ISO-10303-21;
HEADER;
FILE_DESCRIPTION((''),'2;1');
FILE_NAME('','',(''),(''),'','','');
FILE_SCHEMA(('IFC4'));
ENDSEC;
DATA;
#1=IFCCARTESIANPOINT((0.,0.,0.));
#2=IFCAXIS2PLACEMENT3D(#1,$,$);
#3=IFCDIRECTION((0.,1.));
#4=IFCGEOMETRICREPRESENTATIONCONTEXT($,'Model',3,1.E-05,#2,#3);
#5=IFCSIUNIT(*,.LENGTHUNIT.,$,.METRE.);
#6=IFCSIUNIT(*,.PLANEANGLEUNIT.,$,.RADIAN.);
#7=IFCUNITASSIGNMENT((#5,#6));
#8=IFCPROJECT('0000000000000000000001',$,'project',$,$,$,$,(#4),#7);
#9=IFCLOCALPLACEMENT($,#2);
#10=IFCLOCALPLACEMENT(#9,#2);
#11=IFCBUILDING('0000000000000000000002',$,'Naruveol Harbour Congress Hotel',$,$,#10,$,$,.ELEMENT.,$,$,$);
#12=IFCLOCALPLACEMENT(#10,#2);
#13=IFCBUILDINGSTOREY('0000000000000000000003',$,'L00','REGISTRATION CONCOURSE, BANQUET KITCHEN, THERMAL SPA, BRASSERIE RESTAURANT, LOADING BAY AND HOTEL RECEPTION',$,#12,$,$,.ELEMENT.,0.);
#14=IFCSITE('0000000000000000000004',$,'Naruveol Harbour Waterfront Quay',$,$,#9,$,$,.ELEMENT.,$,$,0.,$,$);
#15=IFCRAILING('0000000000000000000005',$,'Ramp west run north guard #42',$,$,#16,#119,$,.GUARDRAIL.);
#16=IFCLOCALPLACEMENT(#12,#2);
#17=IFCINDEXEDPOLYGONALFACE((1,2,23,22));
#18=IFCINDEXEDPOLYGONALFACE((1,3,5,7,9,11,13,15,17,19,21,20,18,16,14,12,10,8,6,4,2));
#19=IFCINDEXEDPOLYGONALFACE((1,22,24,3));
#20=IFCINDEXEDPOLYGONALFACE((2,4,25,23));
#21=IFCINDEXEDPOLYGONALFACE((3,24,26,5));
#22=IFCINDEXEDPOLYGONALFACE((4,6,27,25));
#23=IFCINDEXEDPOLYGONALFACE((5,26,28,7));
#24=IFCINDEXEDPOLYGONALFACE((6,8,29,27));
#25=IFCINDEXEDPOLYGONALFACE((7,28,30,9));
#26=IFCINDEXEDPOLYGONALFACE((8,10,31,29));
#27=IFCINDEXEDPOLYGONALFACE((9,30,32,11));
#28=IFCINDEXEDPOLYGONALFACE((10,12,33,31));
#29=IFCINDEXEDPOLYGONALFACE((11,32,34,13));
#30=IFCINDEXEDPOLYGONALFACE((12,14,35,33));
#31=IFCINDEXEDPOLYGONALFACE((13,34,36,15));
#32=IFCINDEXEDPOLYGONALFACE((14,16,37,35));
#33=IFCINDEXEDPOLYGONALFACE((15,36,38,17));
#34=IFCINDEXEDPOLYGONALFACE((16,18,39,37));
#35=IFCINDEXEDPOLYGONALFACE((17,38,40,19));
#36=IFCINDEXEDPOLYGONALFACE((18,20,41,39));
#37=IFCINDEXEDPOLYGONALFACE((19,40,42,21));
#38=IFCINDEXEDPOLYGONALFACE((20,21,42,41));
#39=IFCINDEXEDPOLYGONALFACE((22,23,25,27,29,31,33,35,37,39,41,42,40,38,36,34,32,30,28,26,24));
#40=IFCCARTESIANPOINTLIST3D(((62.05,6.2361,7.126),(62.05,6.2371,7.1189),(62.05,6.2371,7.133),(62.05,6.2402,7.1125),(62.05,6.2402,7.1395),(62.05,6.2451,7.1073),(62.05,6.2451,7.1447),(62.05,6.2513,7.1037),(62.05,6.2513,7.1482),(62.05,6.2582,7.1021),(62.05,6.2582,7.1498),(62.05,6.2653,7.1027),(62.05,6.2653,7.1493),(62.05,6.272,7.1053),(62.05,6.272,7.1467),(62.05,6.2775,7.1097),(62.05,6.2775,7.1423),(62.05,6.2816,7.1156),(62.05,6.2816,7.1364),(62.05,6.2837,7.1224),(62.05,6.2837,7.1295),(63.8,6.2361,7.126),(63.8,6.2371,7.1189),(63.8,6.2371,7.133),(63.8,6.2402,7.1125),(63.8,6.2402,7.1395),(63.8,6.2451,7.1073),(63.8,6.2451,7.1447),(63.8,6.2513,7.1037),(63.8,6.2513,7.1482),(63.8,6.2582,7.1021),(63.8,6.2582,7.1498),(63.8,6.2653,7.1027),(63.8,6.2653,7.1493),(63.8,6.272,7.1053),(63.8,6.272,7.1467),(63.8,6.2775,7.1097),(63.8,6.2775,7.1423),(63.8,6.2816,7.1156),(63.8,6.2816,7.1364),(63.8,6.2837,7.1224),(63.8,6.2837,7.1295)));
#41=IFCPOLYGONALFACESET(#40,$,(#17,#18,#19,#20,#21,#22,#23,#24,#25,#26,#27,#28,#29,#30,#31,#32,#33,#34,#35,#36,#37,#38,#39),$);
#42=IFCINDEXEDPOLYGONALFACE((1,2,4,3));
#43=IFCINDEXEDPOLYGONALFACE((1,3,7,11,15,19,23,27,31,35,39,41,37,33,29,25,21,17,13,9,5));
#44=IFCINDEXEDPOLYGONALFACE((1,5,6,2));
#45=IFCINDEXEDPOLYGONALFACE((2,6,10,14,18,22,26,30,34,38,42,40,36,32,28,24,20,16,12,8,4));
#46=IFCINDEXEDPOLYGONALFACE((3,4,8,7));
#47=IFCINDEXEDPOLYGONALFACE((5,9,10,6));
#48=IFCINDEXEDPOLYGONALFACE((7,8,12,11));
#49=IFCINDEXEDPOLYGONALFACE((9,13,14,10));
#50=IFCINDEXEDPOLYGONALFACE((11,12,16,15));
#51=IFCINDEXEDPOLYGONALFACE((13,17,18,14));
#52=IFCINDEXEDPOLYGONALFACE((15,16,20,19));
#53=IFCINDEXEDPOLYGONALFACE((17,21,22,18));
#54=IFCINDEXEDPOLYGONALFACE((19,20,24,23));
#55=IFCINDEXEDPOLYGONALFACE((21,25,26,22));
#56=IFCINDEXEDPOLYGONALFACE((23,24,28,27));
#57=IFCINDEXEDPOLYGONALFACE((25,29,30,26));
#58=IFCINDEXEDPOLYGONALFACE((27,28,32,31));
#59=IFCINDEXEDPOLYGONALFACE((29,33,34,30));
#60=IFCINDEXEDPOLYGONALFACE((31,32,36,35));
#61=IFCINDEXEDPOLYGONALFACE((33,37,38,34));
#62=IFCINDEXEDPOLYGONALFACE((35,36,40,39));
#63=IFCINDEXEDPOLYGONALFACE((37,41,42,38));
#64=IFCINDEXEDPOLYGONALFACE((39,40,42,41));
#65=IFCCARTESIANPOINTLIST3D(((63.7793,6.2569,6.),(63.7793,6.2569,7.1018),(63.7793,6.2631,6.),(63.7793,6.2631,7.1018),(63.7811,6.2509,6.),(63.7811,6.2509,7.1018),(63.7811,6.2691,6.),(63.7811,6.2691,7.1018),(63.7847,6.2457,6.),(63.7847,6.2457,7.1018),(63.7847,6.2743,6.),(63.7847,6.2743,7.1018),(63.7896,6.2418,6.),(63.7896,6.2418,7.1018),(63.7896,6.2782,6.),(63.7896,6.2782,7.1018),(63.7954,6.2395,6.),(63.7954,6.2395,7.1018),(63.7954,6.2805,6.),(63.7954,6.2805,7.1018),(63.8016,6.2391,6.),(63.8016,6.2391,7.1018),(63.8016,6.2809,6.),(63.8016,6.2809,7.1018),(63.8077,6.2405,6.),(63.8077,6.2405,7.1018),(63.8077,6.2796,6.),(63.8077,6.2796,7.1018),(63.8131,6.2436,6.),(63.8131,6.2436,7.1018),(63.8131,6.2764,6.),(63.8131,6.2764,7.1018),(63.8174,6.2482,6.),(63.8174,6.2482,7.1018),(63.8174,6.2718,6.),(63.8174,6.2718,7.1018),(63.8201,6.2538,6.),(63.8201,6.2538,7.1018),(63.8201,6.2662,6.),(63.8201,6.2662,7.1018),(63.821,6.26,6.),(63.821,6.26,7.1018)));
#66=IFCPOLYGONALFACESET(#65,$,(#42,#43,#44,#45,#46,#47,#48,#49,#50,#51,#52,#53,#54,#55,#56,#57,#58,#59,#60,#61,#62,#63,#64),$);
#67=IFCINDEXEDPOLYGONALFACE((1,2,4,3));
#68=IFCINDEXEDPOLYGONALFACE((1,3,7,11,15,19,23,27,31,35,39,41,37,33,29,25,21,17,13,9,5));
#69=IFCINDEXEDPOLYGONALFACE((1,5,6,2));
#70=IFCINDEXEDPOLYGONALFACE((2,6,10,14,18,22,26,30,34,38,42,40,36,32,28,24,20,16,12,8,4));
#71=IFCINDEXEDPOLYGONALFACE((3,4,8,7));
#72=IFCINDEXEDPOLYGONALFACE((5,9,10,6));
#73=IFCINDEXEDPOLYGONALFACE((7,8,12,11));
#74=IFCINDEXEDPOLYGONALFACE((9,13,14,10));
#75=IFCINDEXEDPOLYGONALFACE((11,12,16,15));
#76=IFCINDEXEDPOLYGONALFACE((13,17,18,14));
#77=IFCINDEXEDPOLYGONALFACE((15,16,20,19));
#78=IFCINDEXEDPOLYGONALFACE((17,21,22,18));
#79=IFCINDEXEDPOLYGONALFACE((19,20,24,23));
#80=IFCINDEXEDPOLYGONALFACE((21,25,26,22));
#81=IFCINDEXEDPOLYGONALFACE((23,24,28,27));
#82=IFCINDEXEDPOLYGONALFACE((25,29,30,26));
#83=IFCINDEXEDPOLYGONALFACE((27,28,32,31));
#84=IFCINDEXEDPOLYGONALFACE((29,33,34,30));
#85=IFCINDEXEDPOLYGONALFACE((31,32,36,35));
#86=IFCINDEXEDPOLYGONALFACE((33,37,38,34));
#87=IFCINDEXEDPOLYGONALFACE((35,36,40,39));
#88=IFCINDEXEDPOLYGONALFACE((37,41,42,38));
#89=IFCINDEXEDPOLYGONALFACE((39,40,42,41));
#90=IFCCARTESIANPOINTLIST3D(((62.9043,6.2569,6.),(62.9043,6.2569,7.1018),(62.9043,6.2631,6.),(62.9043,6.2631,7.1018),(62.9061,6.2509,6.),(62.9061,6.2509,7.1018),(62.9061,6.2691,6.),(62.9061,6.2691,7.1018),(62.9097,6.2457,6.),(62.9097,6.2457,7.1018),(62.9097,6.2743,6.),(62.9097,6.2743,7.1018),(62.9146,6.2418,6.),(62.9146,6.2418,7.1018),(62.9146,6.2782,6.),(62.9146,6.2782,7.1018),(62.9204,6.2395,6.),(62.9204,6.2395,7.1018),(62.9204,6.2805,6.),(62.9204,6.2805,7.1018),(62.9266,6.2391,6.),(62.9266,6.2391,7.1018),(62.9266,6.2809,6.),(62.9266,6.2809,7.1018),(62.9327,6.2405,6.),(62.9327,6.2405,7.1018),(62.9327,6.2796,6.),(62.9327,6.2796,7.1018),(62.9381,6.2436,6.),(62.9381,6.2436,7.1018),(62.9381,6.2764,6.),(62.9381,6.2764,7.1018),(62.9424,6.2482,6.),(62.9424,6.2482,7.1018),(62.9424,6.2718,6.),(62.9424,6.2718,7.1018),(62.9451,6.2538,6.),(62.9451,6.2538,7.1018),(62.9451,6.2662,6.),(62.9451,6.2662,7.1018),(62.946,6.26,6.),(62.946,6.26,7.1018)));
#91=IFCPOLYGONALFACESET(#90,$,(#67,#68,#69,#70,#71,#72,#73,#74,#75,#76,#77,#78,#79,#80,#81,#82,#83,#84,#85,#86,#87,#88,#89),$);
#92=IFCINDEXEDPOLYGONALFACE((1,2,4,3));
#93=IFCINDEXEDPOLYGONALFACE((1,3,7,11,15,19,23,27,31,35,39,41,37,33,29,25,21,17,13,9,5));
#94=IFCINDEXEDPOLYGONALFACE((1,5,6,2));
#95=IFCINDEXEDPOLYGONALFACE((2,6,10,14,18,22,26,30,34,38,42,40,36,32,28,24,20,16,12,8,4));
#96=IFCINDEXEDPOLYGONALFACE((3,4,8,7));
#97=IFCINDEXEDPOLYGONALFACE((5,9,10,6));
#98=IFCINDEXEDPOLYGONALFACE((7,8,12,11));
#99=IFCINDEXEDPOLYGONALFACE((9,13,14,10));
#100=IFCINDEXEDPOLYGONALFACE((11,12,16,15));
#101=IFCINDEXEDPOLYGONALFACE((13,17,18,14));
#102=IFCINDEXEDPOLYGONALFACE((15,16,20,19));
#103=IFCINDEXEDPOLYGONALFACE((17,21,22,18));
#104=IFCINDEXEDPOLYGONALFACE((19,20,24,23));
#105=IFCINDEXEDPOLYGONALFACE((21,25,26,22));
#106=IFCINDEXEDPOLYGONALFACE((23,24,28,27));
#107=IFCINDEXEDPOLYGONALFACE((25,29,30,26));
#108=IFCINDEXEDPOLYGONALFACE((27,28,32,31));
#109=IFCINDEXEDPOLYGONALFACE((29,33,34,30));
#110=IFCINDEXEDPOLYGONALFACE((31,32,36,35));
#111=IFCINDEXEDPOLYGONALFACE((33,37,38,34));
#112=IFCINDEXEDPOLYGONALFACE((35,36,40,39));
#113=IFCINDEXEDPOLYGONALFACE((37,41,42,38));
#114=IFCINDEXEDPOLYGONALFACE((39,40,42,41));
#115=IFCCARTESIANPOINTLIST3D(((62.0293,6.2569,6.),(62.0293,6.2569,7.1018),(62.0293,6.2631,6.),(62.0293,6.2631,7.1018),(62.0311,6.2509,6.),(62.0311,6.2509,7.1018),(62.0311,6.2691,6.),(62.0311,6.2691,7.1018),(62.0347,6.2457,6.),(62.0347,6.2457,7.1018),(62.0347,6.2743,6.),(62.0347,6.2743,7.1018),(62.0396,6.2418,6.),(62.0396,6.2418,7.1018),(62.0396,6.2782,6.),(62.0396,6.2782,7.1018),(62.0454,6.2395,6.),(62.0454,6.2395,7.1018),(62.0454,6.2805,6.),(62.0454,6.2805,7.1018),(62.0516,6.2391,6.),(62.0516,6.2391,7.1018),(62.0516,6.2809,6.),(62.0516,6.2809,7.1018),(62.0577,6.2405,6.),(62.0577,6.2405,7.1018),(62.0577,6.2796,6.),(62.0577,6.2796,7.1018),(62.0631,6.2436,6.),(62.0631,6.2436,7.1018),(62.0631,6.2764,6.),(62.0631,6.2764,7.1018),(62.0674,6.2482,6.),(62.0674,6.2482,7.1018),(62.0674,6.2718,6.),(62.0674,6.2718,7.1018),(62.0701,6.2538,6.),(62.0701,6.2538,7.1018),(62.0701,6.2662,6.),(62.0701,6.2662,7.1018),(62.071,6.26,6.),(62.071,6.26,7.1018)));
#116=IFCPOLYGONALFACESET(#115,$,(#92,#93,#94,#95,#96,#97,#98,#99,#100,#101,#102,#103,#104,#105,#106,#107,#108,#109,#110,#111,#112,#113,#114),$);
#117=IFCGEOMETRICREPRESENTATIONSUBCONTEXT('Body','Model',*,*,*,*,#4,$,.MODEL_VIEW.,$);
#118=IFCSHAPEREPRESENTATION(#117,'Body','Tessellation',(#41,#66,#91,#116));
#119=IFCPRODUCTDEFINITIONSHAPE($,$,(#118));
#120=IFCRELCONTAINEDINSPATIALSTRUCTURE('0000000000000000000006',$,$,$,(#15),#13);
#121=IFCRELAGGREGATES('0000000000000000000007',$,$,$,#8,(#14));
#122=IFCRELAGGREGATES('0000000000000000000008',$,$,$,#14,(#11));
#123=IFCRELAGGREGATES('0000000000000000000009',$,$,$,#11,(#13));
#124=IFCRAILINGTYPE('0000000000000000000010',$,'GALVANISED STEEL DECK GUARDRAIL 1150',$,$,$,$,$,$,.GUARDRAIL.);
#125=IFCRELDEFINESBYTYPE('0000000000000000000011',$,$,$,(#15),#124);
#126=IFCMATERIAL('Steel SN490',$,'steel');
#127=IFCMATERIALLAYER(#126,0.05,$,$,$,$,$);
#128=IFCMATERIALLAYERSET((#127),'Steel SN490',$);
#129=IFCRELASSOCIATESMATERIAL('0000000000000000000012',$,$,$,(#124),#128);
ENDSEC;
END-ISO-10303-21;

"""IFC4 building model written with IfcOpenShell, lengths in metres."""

from ifc_helpers import new_model, si_unit, direction, frame, origin, origin_2d, place, context, subcontext, project, spatial, circle, extrude, material, layer, layer_set, type_object, element, save


model = new_model("IFC4")

# Units and contexts
model_context = context("Model", 3, precision=1e-05, world=origin(), true_north=direction((0.0, 1.0)))
body_context = subcontext(model_context, "Body", "Model", "MODEL_VIEW")
ifc_project = project(units=[si_unit("LENGTHUNIT", "METRE"), si_unit("PLANEANGLEUNIT", "RADIAN")], contexts=[model_context])

# Site, building, storey
site_placement = place(None, origin())
site = spatial("IfcSite", under=ifc_project, at=site_placement, Name="Naruveol Harbour Waterfront Quay", CompositionType="ELEMENT", RefElevation=0.0)
building_placement = place(site_placement, origin())
building = spatial("IfcBuilding", under=site, at=building_placement, Name="Naruveol Harbour Congress Hotel", CompositionType="ELEMENT")
storey_placement = place(building_placement, origin())
storey = spatial("IfcBuildingStorey", under=building, at=storey_placement, Name="L00", Description="REGISTRATION CONCOURSE, BANQUET KITCHEN, THERMAL SPA, BRASSERIE RESTAURANT, LOADING BAY AND HOTEL RECEPTION", CompositionType="ELEMENT", Elevation=0.0)

# Railing
ifc_material_1 = material(Name="Steel SN490", Category="steel")
ifc_layer_1 = layer(ifc_material_1, 0.05)
ifc_layer_set_1 = layer_set([ifc_layer_1], Name="Steel SN490")
railing_type = type_object("IfcRailingType", Name="GALVANISED STEEL DECK GUARDRAIL 1150", PredefinedType="GUARDRAIL", material=ifc_layer_set_1)
railing_1_placement = place(storey_placement, frame((63.8, 6.26, 6.0)))
element("IfcRailing", 1, at=railing_1_placement, inside=storey, type_object=railing_type, Name="Ramp west run north guard #42", PredefinedType="GUARDRAIL", context=body_context, shape_type="SweptSolid", body=[
    extrude(circle(Radius=0.0239, at=origin_2d()), frame((0.0, 0.0, 1.126), z_axis=(-1.0, 0.0, 0.0), x_axis=(0.0, -1.0, 0.0)), (0.0, 0.0, 1.0), 1.75),
    extrude(circle(Radius=0.021, at=origin_2d()), origin(), (0.0, 0.0, 1.0), 1.1018),
    extrude(circle(Radius=0.021, at=origin_2d()), frame((-0.875, 0.0, 0.0)), (0.0, 0.0, 1.0), 1.1018),
    extrude(circle(Radius=0.021, at=origin_2d()), frame((-1.75, 0.0, 0.0)), (0.0, 0.0, 1.0), 1.1018),
])

save(model, "model.ifc")
